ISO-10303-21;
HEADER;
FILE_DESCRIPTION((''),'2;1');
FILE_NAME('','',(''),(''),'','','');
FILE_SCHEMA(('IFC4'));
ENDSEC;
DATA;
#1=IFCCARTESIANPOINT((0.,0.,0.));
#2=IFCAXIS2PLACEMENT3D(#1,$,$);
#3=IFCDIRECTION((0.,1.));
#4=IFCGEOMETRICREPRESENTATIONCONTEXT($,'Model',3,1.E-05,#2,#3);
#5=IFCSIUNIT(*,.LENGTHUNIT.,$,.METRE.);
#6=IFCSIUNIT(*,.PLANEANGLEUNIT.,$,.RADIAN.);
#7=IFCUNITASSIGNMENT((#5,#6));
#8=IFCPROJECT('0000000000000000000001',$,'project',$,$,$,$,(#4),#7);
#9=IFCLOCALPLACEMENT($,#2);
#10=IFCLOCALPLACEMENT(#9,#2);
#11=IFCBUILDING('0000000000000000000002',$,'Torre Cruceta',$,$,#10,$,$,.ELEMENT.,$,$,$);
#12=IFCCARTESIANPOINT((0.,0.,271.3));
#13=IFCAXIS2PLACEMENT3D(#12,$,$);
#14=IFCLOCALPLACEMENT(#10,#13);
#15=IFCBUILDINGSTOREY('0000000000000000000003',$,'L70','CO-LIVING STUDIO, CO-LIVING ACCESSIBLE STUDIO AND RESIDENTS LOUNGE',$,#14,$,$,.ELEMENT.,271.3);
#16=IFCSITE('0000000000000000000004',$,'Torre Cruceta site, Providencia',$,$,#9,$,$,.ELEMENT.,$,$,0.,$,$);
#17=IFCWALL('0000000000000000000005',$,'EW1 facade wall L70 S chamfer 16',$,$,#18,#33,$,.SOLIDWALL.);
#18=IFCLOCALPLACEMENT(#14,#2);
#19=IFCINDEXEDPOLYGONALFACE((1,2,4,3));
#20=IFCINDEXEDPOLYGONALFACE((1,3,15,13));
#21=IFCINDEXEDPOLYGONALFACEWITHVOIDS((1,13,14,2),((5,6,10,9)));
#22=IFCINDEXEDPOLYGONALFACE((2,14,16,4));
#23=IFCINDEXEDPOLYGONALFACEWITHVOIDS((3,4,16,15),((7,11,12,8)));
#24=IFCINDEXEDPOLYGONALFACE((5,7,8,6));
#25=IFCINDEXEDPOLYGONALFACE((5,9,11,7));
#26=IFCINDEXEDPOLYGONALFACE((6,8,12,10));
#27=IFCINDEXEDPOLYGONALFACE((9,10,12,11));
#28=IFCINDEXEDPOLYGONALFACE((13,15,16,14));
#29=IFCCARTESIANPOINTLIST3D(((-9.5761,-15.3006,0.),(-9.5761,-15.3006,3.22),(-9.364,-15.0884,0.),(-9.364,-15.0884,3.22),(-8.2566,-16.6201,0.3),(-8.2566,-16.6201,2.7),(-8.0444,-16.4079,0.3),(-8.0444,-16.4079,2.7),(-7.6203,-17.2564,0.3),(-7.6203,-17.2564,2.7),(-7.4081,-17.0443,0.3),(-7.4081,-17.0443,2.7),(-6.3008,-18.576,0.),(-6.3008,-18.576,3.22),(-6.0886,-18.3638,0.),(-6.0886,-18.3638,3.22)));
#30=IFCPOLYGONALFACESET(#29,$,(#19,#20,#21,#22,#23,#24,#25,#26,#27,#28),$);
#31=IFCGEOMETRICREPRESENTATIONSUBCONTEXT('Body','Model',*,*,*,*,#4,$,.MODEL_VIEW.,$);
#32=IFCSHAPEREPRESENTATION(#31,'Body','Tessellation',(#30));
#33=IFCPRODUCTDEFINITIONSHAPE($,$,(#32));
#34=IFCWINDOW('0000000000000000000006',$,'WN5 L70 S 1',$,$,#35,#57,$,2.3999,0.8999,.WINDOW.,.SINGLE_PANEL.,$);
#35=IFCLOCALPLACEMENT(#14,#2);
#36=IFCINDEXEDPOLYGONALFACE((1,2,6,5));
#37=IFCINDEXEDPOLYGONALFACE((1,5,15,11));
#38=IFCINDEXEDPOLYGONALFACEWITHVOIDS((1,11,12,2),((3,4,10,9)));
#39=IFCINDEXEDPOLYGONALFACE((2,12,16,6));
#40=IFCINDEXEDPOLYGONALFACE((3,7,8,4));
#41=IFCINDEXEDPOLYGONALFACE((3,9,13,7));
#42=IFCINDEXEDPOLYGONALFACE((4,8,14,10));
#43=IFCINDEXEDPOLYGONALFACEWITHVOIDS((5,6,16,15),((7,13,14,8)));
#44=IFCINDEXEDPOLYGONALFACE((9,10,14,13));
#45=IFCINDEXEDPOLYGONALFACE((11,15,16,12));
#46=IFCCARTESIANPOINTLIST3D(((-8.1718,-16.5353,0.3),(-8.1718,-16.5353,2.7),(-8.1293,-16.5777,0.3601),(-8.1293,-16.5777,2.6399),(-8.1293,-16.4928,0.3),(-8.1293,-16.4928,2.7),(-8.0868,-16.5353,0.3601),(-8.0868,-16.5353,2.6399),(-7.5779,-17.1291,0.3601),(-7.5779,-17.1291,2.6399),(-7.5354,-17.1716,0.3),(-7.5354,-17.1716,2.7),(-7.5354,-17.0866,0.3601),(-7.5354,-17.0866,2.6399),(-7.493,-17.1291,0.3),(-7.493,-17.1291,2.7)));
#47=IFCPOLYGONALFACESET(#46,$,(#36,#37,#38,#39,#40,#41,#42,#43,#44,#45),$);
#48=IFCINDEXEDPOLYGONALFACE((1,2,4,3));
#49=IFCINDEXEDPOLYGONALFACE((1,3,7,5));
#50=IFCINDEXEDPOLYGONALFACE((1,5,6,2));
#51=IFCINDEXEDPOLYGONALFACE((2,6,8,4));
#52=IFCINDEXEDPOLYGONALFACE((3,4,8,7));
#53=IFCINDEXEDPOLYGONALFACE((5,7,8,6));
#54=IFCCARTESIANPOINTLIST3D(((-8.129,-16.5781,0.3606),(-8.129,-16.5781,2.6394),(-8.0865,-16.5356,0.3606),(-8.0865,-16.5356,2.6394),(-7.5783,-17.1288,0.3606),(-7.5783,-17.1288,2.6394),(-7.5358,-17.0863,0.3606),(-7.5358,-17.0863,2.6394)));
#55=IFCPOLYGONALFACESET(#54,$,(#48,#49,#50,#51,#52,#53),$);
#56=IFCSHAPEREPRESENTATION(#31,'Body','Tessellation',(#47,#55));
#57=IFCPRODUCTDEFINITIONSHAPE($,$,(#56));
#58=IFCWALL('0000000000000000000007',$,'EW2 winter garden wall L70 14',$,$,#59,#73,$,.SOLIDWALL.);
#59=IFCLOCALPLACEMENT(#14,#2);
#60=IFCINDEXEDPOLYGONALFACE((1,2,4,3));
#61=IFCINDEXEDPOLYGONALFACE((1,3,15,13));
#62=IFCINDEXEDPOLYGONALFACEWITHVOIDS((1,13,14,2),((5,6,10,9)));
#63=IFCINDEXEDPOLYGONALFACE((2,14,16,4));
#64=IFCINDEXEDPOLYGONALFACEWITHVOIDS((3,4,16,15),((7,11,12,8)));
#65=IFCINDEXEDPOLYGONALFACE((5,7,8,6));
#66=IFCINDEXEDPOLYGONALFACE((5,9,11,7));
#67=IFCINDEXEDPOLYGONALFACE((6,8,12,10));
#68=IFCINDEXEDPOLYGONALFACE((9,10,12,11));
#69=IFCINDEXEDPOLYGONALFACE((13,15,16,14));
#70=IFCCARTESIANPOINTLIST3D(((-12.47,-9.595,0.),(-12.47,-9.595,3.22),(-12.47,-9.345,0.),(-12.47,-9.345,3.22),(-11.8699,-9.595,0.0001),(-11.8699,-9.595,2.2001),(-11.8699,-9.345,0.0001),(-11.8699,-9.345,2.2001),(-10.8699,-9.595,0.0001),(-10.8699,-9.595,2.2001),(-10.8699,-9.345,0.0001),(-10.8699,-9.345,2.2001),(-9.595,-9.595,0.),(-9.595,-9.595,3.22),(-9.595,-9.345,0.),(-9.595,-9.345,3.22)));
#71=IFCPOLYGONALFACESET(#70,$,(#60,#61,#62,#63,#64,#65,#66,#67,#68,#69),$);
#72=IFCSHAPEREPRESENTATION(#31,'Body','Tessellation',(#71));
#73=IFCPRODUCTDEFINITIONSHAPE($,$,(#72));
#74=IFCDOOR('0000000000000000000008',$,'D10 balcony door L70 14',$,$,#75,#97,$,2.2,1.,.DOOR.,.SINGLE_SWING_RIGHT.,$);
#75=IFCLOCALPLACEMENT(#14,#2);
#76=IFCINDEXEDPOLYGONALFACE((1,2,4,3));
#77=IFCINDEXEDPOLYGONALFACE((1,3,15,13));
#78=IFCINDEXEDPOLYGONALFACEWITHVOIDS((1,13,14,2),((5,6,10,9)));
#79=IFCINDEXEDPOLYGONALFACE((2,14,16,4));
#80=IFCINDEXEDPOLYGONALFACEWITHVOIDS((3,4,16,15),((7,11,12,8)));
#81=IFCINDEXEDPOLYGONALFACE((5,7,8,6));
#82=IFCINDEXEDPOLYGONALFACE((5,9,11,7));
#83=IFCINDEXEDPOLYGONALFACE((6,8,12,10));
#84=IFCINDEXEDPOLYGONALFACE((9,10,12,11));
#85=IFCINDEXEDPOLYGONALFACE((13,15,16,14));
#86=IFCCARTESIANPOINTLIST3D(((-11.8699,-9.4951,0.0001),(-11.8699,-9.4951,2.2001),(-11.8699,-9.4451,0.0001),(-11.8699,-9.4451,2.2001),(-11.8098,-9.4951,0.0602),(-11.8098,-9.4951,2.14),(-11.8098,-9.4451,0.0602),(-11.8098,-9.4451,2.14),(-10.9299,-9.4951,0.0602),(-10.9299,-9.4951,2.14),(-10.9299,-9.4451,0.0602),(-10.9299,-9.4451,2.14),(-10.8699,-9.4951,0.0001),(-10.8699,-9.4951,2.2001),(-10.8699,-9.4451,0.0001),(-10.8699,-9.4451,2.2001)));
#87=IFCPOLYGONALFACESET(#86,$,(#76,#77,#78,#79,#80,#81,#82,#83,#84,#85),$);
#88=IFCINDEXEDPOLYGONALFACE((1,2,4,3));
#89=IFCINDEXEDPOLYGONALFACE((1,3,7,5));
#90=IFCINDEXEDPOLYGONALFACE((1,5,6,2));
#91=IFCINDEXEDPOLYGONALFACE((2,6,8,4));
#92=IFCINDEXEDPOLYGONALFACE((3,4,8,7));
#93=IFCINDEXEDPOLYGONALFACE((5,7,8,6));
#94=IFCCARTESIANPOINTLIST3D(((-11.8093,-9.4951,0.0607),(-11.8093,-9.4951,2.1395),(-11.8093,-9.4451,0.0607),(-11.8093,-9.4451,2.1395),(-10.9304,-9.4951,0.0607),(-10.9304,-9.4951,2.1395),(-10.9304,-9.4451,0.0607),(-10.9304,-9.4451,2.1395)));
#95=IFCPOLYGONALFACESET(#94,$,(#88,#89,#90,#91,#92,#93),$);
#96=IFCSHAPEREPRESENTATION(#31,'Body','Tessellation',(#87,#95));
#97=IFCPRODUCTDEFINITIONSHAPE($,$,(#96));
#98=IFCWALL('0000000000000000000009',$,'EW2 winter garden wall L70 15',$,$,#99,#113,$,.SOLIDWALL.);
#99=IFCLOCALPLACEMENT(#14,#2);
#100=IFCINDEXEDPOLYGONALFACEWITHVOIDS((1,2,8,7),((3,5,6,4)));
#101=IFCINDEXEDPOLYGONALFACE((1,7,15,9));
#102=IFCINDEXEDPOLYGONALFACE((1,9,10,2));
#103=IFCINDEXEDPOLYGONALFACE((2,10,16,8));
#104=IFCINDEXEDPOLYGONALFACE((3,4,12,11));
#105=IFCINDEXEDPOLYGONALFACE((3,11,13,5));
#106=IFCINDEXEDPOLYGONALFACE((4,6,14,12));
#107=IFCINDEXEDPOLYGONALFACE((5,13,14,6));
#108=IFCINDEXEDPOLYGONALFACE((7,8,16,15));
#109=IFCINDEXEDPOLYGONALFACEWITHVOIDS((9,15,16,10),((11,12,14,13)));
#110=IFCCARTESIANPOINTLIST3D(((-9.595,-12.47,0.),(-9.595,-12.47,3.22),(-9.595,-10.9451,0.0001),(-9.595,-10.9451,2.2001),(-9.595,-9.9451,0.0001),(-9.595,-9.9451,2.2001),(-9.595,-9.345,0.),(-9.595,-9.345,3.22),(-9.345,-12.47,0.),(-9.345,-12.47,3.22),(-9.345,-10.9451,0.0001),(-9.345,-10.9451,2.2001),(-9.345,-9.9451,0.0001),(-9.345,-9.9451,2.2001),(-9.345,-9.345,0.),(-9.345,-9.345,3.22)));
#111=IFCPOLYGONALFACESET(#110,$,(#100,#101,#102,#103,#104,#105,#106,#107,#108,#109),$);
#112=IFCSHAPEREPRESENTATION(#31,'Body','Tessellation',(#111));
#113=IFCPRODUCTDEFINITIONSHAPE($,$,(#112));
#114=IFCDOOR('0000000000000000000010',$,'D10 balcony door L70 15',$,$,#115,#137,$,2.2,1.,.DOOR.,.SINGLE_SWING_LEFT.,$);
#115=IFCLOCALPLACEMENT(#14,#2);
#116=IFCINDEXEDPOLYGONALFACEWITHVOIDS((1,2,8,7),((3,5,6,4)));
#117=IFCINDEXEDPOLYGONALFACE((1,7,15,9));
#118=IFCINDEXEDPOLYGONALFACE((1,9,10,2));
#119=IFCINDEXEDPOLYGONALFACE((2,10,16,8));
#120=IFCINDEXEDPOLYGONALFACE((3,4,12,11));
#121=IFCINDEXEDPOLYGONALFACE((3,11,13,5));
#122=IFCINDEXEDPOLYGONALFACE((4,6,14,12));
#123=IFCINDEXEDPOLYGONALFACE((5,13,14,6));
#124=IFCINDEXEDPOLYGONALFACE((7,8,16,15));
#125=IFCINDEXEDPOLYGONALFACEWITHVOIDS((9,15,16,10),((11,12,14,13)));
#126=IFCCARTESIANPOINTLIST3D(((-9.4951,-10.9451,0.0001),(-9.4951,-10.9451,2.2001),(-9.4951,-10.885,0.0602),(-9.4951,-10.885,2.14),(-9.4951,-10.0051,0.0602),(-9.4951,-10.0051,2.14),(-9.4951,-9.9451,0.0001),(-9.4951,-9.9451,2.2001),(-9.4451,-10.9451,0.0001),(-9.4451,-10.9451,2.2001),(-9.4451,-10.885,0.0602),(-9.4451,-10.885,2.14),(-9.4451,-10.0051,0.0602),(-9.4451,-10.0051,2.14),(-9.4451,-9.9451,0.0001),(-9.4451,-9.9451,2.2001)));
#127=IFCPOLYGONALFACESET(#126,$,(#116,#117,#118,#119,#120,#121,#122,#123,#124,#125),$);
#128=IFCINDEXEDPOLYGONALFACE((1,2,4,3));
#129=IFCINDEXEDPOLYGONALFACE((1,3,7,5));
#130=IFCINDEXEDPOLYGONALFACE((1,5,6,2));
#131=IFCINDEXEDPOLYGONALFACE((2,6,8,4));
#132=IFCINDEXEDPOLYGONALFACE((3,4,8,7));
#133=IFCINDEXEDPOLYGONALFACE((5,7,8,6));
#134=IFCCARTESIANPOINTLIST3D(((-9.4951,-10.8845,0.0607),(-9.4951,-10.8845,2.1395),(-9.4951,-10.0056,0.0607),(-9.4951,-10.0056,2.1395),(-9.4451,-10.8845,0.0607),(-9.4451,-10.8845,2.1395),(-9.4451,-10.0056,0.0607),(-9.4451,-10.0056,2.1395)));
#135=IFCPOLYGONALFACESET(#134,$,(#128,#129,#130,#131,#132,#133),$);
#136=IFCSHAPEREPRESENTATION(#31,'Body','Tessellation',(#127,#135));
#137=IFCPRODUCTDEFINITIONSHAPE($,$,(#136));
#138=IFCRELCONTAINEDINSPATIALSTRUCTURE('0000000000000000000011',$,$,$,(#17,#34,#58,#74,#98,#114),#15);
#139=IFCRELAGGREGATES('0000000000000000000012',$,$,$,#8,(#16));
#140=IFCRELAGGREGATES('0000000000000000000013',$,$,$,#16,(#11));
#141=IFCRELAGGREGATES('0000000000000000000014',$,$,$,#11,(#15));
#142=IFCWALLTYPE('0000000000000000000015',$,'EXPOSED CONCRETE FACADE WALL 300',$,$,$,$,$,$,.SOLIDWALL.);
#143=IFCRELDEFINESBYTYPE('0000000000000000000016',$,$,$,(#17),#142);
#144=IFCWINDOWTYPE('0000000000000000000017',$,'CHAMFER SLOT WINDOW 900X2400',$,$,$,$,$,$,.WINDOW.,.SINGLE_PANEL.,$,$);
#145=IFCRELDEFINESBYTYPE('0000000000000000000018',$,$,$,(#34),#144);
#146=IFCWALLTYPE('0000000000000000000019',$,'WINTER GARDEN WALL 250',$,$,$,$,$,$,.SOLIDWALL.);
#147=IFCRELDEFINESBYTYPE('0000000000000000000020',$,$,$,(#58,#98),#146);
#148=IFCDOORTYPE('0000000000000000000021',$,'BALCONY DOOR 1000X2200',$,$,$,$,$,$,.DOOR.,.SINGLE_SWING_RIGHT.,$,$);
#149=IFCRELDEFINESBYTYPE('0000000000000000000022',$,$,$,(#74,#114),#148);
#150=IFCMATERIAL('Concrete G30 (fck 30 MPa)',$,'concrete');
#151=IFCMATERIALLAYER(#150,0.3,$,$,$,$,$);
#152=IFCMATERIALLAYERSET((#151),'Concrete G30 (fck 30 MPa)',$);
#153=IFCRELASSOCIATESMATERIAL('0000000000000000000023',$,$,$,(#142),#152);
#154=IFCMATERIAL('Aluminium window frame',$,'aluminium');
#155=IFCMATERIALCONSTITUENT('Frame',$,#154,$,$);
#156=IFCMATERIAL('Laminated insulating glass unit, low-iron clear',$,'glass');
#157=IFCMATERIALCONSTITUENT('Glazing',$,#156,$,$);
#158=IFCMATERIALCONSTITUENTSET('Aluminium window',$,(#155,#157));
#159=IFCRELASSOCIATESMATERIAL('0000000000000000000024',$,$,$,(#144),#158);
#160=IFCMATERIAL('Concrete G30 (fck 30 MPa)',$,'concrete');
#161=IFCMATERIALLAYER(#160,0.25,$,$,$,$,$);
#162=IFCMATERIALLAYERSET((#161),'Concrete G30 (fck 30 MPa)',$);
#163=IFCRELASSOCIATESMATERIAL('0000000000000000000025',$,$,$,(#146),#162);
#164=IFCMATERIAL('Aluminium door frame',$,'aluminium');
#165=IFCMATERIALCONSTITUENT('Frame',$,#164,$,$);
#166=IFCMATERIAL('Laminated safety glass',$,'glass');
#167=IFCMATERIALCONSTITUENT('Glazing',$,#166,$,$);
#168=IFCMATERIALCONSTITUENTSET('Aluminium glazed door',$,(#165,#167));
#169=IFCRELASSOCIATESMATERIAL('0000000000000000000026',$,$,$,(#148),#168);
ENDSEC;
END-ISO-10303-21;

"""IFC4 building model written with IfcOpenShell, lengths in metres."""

from ifc_helpers import new_model, si_unit, direction, frame, frame_2d, origin, place, context, subcontext, project, spatial, rectangle, hollow_rectangle, extrude, material, layer, layer_set, constituent, constituent_set, type_object, element, fill, save


model = new_model("IFC4")

# Units and contexts
model_context = context("Model", 3, precision=1e-05, world=origin(), true_north=direction((0.0, 1.0)))
body_context = subcontext(model_context, "Body", "Model", "MODEL_VIEW")
ifc_project = project(units=[si_unit("LENGTHUNIT", "METRE"), si_unit("PLANEANGLEUNIT", "RADIAN")], contexts=[model_context])

# Site, building, storey
site_placement = place(None, origin())
site = spatial("IfcSite", under=ifc_project, at=site_placement, Name="Torre Cruceta site, Providencia", CompositionType="ELEMENT", RefElevation=0.0)
building_placement = place(site_placement, origin())
building = spatial("IfcBuilding", under=site, at=building_placement, Name="Torre Cruceta", CompositionType="ELEMENT")
storey_placement = place(building_placement, frame((0.0, 0.0, 271.3)))
storey = spatial("IfcBuildingStorey", under=building, at=storey_placement, Name="L70", Description="CO-LIVING STUDIO, CO-LIVING ACCESSIBLE STUDIO AND RESIDENTS LOUNGE", CompositionType="ELEMENT", Elevation=271.3)

# Wall, opening, window
ifc_material_1 = material(Name="Concrete G30 (fck 30 MPa)", Category="concrete")
ifc_layer_1 = layer(ifc_material_1, 0.3)
ifc_layer_set_1 = layer_set([ifc_layer_1], Name="Concrete G30 (fck 30 MPa)")
wall_type_1 = type_object("IfcWallType", Name="EXPOSED CONCRETE FACADE WALL 300", PredefinedType="SOLIDWALL", material=ifc_layer_set_1)
wall_1_placement = place(storey_placement, frame((-9.47, -15.1946, 0.0), z_axis=(0.0, 0.0, 1.0), x_axis=(0.707107, -0.707107, 0.0)))
wall_1 = element("IfcWall", 1, at=wall_1_placement, inside=storey, type_object=wall_type_1, Name="EW1 facade wall L70 S chamfer 16", PredefinedType="SOLIDWALL", context=body_context, shape_type="SweptSolid", body=[
    extrude(rectangle(XDim=4.6321, YDim=0.3, at=frame_2d((2.3159, 0.0))), origin(), (0.0, 0.0, 1.0), 3.22),
])
opening_1_placement = place(wall_1_placement, frame((1.866, 0.0, 0.3)))
opening_1 = element("IfcOpeningElement", 2, at=opening_1_placement, cuts=wall_1, PredefinedType="OPENING", context=body_context, shape_type="SweptSolid", body=[
    extrude(rectangle(XDim=0.8999, YDim=2.3999, at=frame_2d((0.45, 1.2))), frame((0.0, 0.1599, 0.0), z_axis=(0.0, -1.0, 0.0), x_axis=(1.0, 0.0, 0.0)), (0.0, 0.0, 1.0), 0.3201),
])
ifc_material_2 = material(Name="Aluminium window frame", Category="aluminium")
ifc_constituent_1 = constituent(ifc_material_2, Name="Frame")
ifc_material_3 = material(Name="Laminated insulating glass unit, low-iron clear", Category="glass")
ifc_constituent_2 = constituent(ifc_material_3, Name="Glazing")
ifc_constituent_set_1 = constituent_set(constituents=[ifc_constituent_1, ifc_constituent_2], Name="Aluminium window")
window_type = type_object("IfcWindowType", Name="CHAMFER SLOT WINDOW 900X2400", PartitioningType="SINGLE_PANEL", PredefinedType="WINDOW", material=ifc_constituent_set_1)
window_placement = place(opening_1_placement, origin())
window = element("IfcWindow", 3, at=window_placement, inside=storey, type_object=window_type, Name="WN5 L70 S 1", OverallHeight=2.3999, OverallWidth=0.8999, PartitioningType="SINGLE_PANEL", PredefinedType="WINDOW", context=body_context, shape_type="SweptSolid", body=[
    extrude(hollow_rectangle(XDim=0.8999, YDim=2.3999, WallThickness=0.0601, at=frame_2d((0.45, 1.2))), frame((0.0, 0.03, 0.0), z_axis=(0.0, -1.0, 0.0), x_axis=(1.0, 0.0, 0.0)), (0.0, 0.0, 1.0), 0.0601),
    extrude(rectangle(XDim=0.7788, YDim=2.2788, at=frame_2d((0.45, 1.2))), frame((0.0, 0.03, 0.0), z_axis=(0.0, -1.0, 0.0), x_axis=(1.0, 0.0, 0.0)), (0.0, 0.0, 1.0), 0.0601),
])
fill(opening_1, window)

# Walls, openings, doors
ifc_material_4 = material(Name="Concrete G30 (fck 30 MPa)", Category="concrete")
ifc_layer_2 = layer(ifc_material_4, 0.25)
ifc_layer_set_2 = layer_set([ifc_layer_2], Name="Concrete G30 (fck 30 MPa)")
wall_type_2 = type_object("IfcWallType", Name="WINTER GARDEN WALL 250", PredefinedType="SOLIDWALL", material=ifc_layer_set_2)
wall_2_placement = place(storey_placement, frame((-12.47, -9.47, 0.0), z_axis=(0.0, 0.0, 1.0), x_axis=(1.0, 0.0, 0.0)))
wall_2 = element("IfcWall", 4, at=wall_2_placement, inside=storey, type_object=wall_type_2, Name="EW2 winter garden wall L70 14", PredefinedType="SOLIDWALL", context=body_context, shape_type="SweptSolid", body=[
    extrude(rectangle(XDim=2.875, YDim=0.25, at=frame_2d((1.4375, 0.0))), origin(), (0.0, 0.0, 1.0), 3.22),
])
opening_2_placement = place(wall_2_placement, frame((0.6001, 0.0, 0.0)))
opening_2 = element("IfcOpeningElement", 5, at=opening_2_placement, cuts=wall_2, PredefinedType="OPENING", context=body_context, shape_type="SweptSolid", body=[
    extrude(rectangle(XDim=1.0, YDim=2.2, at=frame_2d((0.5, 1.1001))), frame((0.0, 0.135, 0.0), z_axis=(0.0, -1.0, 0.0), x_axis=(1.0, 0.0, 0.0)), (0.0, 0.0, 1.0), 0.27),
])
ifc_material_5 = material(Name="Aluminium door frame", Category="aluminium")
ifc_constituent_3 = constituent(ifc_material_5, Name="Frame")
ifc_material_6 = material(Name="Laminated safety glass", Category="glass")
ifc_constituent_4 = constituent(ifc_material_6, Name="Glazing")
ifc_constituent_set_2 = constituent_set(constituents=[ifc_constituent_3, ifc_constituent_4], Name="Aluminium glazed door")
door_type = type_object("IfcDoorType", Name="BALCONY DOOR 1000X2200", OperationType="SINGLE_SWING_RIGHT", PredefinedType="DOOR", material=ifc_constituent_set_2)
door_1_placement = place(opening_2_placement, origin())
door_1 = element("IfcDoor", 6, at=door_1_placement, inside=storey, type_object=door_type, Name="D10 balcony door L70 14", OperationType="SINGLE_SWING_RIGHT", OverallHeight=2.2, OverallWidth=1.0, PredefinedType="DOOR", context=body_context, shape_type="SweptSolid", body=[
    extrude(hollow_rectangle(XDim=1.0, YDim=2.2, WallThickness=0.0601, at=frame_2d((0.5, 1.1001))), frame((0.0, 0.0249, 0.0), z_axis=(0.0, -1.0, 0.0), x_axis=(1.0, 0.0, 0.0)), (0.0, 0.0, 1.0), 0.05),
    extrude(rectangle(XDim=0.8789, YDim=2.0789, at=frame_2d((0.5, 1.1001))), frame((0.0, 0.0249, 0.0), z_axis=(0.0, -1.0, 0.0), x_axis=(1.0, 0.0, 0.0)), (0.0, 0.0, 1.0), 0.05),
])
fill(opening_2, door_1)
wall_3_placement = place(storey_placement, frame((-9.47, -9.345, 0.0), z_axis=(0.0, 0.0, 1.0), x_axis=(0.0, -1.0, 0.0)))
wall_3 = element("IfcWall", 7, at=wall_3_placement, inside=storey, type_object=wall_type_2, Name="EW2 winter garden wall L70 15", PredefinedType="SOLIDWALL", context=body_context, shape_type="SweptSolid", body=[
    extrude(rectangle(XDim=3.125, YDim=0.25, at=frame_2d((1.5625, 0.0))), origin(), (0.0, 0.0, 1.0), 3.22),
])
opening_3_placement = place(wall_3_placement, frame((0.6001, 0.0, 0.0)))
opening_3 = element("IfcOpeningElement", 8, at=opening_3_placement, cuts=wall_3, PredefinedType="OPENING", context=body_context, shape_type="SweptSolid", body=[
    extrude(rectangle(XDim=1.0, YDim=2.2, at=frame_2d((0.5, 1.1001))), frame((0.0, 0.135, 0.0), z_axis=(0.0, -1.0, 0.0), x_axis=(1.0, 0.0, 0.0)), (0.0, 0.0, 1.0), 0.27),
])
door_2_placement = place(opening_3_placement, origin())
door_2 = element("IfcDoor", 9, at=door_2_placement, inside=storey, type_object=door_type, Name="D10 balcony door L70 15", OperationType="SINGLE_SWING_LEFT", OverallHeight=2.2, OverallWidth=1.0, PredefinedType="DOOR", context=body_context, shape_type="SweptSolid", body=[
    extrude(hollow_rectangle(XDim=1.0, YDim=2.2, WallThickness=0.0601, at=frame_2d((0.5, 1.1001))), frame((0.0, 0.0249, 0.0), z_axis=(0.0, -1.0, 0.0), x_axis=(1.0, 0.0, 0.0)), (0.0, 0.0, 1.0), 0.05),
    extrude(rectangle(XDim=0.8789, YDim=2.0789, at=frame_2d((0.5, 1.1001))), frame((0.0, 0.0249, 0.0), z_axis=(0.0, -1.0, 0.0), x_axis=(1.0, 0.0, 0.0)), (0.0, 0.0, 1.0), 0.05),
])
fill(opening_3, door_2)

save(model, "model.ifc")
